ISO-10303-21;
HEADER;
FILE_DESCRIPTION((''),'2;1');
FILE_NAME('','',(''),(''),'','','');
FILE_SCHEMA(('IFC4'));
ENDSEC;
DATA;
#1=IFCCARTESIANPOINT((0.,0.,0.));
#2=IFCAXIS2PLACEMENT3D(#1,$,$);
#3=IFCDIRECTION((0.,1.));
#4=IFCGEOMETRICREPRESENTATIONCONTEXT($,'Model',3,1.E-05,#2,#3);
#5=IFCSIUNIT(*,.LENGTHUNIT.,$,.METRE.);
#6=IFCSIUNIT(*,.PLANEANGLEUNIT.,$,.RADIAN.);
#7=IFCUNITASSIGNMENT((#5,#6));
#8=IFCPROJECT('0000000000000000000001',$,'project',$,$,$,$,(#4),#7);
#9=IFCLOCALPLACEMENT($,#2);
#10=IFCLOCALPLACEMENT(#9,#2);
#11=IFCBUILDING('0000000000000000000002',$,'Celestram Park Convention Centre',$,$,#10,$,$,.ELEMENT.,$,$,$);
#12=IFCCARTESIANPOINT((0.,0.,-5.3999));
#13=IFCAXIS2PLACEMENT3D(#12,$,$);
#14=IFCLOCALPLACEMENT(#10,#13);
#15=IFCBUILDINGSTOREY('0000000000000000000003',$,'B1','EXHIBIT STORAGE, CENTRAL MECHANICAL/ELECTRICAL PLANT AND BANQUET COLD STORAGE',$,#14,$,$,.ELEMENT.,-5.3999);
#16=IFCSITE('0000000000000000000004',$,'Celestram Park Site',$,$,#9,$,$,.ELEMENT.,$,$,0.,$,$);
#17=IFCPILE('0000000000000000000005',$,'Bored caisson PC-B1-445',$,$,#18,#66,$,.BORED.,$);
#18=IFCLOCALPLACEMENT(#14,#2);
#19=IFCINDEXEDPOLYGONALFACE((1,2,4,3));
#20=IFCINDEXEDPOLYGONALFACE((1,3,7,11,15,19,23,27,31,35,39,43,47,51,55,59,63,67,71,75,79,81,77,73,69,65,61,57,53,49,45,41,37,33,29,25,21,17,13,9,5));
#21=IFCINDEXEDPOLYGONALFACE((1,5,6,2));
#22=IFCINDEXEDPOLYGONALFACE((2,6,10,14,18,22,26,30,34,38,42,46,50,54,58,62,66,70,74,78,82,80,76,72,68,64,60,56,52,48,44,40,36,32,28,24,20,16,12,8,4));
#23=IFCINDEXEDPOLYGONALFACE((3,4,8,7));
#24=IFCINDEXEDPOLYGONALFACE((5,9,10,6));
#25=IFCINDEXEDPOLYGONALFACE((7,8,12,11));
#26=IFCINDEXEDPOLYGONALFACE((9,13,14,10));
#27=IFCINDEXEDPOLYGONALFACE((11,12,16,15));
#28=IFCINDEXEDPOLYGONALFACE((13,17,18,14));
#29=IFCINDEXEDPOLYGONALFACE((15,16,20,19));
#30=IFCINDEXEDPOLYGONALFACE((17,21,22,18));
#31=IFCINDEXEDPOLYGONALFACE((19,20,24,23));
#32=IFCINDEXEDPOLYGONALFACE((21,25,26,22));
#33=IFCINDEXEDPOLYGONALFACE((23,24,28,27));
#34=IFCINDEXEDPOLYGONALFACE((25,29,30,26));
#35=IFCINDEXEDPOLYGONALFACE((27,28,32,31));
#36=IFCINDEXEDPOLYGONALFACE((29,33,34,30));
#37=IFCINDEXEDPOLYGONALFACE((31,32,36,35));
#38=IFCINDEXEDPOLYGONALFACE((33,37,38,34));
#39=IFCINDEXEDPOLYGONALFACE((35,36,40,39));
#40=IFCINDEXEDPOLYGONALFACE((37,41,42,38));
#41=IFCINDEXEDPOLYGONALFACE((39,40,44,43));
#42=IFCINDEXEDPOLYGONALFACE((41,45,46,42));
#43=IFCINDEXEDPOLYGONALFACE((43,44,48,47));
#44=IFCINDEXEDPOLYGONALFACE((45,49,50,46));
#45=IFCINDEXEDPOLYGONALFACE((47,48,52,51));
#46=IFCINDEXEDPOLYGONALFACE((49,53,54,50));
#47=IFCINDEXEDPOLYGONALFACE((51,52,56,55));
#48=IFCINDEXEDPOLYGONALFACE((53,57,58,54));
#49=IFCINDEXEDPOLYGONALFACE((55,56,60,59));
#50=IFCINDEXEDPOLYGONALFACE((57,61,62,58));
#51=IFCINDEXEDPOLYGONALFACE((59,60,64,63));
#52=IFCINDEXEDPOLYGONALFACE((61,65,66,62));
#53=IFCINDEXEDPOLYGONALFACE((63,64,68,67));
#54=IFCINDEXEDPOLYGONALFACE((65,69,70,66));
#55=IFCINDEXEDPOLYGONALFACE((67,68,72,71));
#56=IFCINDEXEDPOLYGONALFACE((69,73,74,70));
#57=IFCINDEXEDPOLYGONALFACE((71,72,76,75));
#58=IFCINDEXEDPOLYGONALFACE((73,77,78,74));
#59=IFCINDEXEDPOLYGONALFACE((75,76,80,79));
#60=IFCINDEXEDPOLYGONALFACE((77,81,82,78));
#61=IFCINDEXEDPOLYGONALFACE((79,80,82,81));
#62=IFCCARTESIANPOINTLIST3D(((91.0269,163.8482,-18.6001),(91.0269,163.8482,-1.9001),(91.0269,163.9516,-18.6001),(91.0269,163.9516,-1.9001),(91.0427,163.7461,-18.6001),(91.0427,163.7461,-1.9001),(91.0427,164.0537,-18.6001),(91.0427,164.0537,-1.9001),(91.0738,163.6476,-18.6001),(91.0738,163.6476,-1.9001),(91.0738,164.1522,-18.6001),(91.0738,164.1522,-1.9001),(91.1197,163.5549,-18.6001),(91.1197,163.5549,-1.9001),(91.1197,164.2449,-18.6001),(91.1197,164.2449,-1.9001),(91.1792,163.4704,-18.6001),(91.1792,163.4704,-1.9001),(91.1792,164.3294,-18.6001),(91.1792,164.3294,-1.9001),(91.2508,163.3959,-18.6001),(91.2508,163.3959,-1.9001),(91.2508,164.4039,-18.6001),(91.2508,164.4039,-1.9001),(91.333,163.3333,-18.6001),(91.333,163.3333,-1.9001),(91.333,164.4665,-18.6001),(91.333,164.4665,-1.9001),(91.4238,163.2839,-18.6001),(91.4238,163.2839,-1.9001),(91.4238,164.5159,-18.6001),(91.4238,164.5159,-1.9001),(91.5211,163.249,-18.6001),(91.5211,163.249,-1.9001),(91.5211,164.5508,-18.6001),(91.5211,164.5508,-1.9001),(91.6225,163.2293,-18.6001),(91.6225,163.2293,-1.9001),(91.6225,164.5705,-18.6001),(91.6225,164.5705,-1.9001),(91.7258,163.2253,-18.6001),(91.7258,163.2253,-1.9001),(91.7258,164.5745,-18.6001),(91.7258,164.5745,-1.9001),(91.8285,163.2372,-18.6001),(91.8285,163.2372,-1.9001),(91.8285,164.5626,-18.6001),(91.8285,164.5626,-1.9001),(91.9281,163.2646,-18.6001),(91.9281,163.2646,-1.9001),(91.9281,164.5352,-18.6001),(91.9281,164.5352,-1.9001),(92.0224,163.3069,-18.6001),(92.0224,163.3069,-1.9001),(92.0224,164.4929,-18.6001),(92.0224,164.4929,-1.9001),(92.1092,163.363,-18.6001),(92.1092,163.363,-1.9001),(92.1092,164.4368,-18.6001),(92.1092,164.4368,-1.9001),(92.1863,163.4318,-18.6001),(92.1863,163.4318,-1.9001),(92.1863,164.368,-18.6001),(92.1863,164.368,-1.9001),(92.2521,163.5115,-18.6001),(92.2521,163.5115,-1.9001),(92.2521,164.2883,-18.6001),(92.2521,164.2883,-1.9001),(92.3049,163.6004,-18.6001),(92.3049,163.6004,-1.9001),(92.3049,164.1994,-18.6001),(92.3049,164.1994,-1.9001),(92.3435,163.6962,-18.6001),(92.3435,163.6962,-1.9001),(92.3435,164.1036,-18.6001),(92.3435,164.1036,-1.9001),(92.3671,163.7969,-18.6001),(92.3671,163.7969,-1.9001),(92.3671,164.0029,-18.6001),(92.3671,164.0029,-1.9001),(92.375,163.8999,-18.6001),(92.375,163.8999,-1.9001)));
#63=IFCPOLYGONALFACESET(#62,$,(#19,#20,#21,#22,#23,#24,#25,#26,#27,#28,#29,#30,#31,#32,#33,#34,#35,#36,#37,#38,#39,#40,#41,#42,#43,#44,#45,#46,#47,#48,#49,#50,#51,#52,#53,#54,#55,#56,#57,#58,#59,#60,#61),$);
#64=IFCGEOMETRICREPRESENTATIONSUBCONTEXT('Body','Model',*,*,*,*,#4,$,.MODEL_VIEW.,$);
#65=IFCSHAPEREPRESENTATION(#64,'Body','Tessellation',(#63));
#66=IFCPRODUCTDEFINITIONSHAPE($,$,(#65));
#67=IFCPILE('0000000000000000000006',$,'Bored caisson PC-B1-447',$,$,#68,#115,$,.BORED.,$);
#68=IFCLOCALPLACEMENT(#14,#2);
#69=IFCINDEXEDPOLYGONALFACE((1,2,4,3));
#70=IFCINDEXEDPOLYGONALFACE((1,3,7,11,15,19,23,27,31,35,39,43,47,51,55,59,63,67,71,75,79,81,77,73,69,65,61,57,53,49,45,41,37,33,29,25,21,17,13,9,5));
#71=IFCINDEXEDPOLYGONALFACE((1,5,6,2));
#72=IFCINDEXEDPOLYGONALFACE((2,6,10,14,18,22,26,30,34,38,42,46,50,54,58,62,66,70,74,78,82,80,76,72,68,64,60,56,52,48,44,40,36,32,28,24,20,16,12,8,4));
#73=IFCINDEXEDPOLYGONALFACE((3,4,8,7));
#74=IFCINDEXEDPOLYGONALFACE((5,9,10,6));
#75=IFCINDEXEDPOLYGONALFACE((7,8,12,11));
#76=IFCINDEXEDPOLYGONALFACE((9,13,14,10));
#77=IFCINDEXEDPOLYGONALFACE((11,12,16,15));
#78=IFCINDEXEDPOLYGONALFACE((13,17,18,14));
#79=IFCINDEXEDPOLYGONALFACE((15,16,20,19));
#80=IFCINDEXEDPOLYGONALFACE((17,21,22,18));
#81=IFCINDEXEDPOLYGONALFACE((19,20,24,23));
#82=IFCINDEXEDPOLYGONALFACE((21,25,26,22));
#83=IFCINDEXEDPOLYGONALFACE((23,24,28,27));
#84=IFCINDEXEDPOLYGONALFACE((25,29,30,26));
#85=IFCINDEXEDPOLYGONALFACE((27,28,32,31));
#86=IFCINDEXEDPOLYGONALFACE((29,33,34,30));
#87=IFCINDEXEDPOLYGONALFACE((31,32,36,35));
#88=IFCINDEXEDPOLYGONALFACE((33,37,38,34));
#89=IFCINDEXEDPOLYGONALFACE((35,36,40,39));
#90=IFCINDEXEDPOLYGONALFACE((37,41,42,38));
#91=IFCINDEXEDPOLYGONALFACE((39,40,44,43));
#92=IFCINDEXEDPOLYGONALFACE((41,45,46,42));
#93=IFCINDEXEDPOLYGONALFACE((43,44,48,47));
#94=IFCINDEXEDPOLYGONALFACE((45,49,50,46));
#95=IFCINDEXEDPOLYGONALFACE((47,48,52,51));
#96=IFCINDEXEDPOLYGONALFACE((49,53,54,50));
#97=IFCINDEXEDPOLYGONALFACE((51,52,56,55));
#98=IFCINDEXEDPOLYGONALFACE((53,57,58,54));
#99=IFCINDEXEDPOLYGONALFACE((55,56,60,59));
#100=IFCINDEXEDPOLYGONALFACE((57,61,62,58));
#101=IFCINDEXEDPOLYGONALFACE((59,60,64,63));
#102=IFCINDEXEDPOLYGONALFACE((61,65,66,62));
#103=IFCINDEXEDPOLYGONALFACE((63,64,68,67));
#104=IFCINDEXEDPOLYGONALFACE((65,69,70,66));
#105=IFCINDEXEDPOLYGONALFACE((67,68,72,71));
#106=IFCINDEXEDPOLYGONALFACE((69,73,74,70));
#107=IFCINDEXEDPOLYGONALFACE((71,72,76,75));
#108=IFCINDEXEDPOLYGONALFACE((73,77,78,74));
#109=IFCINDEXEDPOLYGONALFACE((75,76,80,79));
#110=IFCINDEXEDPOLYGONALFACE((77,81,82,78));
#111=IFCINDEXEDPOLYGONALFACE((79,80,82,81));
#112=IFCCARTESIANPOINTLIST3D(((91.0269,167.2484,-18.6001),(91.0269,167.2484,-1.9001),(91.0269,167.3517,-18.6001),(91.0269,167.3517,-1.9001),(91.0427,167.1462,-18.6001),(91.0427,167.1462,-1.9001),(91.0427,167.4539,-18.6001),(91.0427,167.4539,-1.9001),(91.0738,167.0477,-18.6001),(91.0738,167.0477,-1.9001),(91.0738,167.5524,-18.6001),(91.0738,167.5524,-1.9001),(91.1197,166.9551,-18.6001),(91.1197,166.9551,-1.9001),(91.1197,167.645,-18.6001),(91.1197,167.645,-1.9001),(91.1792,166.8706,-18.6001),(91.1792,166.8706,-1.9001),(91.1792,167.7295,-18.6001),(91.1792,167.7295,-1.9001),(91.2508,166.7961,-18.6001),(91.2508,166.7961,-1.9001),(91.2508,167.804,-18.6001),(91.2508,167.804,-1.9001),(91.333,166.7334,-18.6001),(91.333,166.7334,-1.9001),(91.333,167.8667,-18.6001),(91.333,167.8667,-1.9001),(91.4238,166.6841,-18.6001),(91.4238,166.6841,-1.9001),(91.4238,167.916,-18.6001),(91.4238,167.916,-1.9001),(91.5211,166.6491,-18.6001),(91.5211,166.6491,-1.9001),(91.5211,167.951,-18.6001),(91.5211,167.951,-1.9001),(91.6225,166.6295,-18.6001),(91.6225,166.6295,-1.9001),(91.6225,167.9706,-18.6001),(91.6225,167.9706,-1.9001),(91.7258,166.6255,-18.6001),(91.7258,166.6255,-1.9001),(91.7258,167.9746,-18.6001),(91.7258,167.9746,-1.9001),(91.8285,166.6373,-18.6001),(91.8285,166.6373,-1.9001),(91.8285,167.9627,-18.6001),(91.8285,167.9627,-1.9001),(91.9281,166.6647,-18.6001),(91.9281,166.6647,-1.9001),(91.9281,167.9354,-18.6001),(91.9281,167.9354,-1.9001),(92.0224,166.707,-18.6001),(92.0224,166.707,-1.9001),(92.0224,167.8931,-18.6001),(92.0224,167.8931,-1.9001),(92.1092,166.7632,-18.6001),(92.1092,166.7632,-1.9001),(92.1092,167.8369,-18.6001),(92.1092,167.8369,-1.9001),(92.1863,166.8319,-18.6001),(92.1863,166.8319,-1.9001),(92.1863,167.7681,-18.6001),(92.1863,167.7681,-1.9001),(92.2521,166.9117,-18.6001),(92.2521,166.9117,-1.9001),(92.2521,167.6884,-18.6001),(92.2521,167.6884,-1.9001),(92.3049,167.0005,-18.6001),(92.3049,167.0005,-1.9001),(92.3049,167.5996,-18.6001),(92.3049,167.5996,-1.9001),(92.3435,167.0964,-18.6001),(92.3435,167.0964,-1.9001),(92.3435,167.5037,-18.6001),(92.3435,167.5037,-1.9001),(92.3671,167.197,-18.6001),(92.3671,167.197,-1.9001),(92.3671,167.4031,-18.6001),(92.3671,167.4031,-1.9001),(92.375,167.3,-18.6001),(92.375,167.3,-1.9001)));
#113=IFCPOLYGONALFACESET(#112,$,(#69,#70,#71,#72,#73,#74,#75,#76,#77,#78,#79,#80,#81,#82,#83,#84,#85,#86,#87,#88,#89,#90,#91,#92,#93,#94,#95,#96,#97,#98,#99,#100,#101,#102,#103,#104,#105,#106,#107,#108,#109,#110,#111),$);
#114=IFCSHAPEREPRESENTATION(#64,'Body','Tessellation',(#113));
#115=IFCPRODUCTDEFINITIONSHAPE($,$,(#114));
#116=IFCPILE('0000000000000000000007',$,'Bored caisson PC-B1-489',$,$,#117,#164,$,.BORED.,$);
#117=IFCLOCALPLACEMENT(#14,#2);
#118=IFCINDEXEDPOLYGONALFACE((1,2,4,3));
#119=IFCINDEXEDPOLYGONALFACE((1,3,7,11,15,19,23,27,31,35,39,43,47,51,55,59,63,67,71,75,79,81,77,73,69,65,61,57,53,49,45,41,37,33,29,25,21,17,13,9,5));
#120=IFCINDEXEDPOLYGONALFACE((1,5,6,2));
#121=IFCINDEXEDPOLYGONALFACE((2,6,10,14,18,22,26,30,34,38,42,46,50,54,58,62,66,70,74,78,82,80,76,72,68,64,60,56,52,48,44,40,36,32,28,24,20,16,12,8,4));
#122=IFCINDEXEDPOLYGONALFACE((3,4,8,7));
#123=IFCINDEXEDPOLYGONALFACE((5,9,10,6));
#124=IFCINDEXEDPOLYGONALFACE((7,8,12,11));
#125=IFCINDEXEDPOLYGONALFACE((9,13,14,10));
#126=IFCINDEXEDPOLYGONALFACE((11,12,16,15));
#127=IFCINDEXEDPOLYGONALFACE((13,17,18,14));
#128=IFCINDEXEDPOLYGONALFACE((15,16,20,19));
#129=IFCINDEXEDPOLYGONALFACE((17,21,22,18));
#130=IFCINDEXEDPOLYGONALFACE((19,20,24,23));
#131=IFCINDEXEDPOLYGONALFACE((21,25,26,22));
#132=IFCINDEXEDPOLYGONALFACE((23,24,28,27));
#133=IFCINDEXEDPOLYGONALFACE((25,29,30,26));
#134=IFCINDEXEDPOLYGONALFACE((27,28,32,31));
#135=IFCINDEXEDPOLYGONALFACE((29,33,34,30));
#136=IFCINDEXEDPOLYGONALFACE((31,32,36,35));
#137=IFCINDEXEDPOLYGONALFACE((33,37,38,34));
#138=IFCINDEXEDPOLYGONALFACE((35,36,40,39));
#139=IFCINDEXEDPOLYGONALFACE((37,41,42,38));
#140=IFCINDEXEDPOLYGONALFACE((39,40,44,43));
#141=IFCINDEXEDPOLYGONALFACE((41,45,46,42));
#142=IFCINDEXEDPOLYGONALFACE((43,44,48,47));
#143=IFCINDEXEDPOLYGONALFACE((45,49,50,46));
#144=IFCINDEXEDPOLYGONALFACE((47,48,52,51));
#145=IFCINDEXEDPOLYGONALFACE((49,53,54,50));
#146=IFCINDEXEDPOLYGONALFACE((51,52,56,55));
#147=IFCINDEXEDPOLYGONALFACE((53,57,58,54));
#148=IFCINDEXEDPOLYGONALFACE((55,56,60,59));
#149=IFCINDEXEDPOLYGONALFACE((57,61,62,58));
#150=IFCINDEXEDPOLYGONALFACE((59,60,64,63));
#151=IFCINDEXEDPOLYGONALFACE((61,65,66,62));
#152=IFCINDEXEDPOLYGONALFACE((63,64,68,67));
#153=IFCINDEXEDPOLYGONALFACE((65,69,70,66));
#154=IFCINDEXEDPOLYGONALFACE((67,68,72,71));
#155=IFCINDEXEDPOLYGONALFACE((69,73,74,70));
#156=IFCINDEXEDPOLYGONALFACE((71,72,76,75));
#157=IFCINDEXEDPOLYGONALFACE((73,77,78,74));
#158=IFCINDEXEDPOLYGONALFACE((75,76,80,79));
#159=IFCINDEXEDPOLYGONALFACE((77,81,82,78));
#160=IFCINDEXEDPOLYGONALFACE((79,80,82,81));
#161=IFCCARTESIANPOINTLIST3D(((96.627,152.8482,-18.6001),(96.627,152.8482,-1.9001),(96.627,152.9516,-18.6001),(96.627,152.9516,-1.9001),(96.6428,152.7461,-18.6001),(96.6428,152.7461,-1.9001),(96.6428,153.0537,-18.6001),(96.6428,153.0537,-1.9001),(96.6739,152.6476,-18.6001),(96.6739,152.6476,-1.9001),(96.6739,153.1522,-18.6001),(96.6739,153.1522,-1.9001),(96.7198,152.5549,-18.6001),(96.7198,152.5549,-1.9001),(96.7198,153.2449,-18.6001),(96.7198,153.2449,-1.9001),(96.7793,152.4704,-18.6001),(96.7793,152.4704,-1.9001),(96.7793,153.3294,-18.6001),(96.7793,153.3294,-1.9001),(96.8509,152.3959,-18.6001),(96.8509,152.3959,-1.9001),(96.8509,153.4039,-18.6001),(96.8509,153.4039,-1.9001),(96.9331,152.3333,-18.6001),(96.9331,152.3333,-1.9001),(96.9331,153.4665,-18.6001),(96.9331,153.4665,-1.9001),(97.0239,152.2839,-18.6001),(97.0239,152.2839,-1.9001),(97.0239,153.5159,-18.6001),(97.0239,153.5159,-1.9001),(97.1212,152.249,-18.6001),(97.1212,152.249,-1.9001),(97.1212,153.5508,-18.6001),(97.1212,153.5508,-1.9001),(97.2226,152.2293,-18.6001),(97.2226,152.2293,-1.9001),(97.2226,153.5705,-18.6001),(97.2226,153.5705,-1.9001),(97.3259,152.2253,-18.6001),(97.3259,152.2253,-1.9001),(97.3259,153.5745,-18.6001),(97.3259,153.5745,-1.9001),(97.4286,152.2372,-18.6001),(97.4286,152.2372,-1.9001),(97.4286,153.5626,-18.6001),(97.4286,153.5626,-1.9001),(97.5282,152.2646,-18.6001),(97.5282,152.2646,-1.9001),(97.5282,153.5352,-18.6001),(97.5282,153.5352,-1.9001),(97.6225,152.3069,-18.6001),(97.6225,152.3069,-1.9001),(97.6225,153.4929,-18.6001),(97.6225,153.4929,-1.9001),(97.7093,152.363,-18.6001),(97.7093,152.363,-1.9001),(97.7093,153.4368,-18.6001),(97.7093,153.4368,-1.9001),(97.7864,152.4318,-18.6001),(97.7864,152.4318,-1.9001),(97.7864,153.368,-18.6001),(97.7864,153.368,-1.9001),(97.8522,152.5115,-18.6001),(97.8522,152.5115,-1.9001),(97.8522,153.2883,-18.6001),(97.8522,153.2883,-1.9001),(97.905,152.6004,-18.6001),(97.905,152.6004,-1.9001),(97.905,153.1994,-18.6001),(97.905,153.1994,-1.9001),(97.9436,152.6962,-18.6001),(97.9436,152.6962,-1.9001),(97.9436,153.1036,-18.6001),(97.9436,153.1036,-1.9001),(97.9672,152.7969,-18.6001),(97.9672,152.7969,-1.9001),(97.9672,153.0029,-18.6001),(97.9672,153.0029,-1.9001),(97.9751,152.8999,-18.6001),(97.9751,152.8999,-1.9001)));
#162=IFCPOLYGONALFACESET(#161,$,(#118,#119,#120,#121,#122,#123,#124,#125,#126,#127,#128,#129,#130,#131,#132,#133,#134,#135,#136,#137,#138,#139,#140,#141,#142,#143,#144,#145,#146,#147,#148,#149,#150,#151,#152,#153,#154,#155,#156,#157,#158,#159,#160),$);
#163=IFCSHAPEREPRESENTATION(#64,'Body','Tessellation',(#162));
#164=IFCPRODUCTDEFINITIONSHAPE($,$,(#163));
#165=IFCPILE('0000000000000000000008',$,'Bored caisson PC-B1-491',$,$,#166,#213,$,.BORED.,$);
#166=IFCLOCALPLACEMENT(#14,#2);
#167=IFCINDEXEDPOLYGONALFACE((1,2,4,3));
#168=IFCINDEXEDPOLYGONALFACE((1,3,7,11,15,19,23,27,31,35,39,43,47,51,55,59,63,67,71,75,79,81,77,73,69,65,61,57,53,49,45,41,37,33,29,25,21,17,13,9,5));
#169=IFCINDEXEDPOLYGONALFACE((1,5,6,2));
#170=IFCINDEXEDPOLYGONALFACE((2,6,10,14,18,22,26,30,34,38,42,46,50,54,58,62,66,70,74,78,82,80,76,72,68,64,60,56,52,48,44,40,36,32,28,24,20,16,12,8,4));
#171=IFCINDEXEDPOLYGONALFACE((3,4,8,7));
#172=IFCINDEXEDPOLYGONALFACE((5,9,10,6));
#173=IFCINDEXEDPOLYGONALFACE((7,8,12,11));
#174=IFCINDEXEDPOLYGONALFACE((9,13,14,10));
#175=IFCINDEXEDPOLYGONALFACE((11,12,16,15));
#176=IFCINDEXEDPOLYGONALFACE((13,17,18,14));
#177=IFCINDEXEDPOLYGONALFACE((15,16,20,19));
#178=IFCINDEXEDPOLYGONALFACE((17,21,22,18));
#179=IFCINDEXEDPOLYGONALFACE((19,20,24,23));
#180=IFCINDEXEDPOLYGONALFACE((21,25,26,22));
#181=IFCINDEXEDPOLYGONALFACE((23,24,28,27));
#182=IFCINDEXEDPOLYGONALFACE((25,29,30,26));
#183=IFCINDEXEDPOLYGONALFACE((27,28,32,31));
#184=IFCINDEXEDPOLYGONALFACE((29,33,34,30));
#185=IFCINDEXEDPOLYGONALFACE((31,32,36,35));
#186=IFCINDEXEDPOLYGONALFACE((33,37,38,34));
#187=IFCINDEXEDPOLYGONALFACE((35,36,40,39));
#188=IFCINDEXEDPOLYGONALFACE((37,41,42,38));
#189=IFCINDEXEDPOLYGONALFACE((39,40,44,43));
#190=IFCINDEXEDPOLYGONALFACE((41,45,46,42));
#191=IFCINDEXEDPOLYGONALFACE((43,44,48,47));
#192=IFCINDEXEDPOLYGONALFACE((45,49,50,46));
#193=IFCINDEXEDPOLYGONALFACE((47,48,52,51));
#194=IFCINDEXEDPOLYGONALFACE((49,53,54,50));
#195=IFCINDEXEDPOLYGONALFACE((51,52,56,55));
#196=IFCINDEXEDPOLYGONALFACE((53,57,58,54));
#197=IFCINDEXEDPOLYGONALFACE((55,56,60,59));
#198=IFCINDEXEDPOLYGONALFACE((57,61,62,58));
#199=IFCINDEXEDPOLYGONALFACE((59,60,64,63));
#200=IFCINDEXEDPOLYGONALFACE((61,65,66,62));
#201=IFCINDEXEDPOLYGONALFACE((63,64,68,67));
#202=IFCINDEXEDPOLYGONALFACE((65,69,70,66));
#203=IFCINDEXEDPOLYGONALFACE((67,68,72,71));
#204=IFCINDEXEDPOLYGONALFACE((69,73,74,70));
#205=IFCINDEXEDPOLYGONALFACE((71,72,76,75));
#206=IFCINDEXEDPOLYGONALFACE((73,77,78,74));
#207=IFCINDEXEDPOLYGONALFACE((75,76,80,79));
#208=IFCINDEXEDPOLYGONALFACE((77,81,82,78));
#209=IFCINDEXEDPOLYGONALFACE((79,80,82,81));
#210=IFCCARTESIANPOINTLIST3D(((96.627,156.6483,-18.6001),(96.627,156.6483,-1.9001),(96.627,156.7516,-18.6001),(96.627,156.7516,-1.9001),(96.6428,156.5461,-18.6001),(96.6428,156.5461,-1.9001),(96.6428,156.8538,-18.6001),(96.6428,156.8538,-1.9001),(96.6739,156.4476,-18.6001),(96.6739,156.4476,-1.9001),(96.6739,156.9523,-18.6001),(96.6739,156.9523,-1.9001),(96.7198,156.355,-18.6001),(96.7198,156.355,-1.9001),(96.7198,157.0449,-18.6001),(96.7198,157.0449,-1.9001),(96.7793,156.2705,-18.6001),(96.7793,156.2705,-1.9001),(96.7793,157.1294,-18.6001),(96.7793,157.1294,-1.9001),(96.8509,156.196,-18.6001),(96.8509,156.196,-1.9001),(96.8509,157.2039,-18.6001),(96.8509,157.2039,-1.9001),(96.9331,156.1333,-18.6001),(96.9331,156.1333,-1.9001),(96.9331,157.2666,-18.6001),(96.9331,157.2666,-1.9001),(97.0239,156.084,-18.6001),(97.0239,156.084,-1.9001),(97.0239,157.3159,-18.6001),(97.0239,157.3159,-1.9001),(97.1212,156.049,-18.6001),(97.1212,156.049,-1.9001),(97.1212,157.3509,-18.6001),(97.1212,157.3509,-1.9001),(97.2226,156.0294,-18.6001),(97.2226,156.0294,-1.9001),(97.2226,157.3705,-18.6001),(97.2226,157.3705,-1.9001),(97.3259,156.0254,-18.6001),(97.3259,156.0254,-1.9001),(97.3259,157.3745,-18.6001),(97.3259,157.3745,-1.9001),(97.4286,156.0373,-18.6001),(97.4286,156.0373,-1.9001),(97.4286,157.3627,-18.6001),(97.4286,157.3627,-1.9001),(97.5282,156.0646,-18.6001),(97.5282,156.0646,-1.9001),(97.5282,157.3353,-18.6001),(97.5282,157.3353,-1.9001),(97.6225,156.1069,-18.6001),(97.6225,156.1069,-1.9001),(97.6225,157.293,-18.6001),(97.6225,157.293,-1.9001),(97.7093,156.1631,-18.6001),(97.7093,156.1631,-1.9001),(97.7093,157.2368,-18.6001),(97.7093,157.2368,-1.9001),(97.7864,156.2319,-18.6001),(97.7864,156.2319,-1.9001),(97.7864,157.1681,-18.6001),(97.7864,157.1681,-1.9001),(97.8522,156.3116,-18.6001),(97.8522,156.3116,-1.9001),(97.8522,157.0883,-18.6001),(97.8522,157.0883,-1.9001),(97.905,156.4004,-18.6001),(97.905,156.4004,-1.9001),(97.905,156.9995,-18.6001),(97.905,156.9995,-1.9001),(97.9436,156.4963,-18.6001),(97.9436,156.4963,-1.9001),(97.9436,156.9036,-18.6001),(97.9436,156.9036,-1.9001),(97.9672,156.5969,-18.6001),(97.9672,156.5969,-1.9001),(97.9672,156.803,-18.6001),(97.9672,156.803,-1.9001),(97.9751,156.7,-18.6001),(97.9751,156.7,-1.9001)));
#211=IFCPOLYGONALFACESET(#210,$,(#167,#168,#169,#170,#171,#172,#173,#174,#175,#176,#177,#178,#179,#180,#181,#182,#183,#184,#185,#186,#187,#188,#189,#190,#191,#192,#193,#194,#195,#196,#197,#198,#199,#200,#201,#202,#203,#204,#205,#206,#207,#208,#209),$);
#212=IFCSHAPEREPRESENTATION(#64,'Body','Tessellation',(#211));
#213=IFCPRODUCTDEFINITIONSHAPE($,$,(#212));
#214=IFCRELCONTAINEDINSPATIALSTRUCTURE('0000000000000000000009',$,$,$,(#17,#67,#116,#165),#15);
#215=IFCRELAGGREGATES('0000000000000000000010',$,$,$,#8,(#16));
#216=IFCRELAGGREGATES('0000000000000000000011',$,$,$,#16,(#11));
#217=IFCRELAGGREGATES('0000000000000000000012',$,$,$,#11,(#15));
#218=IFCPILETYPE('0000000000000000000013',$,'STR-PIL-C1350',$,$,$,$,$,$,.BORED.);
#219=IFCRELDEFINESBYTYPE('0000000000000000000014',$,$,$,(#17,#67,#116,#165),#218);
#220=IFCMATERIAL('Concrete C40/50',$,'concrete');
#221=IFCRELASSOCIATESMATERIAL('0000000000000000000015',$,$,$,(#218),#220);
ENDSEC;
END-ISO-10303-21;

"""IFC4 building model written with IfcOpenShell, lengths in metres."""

from ifc_helpers import new_model, si_unit, direction, frame, origin, origin_2d, place, context, subcontext, project, spatial, circle, extrude, material, material_profile, profile_set, type_object, element, save


model = new_model("IFC4")

# Units and contexts
model_context = context("Model", 3, precision=1e-05, world=origin(), true_north=direction((0.0, 1.0)))
body_context = subcontext(model_context, "Body", "Model", "MODEL_VIEW")
ifc_project = project(units=[si_unit("LENGTHUNIT", "METRE"), si_unit("PLANEANGLEUNIT", "RADIAN")], contexts=[model_context])

# Site, building, storey
site_placement = place(None, origin())
site = spatial("IfcSite", under=ifc_project, at=site_placement, Name="Celestram Park Site", CompositionType="ELEMENT", RefElevation=0.0)
building_placement = place(site_placement, origin())
building = spatial("IfcBuilding", under=site, at=building_placement, Name="Celestram Park Convention Centre", CompositionType="ELEMENT")
storey_placement = place(building_placement, frame((0.0, 0.0, -5.3999)))
storey = spatial("IfcBuildingStorey", under=building, at=storey_placement, Name="B1", Description="EXHIBIT STORAGE, CENTRAL MECHANICAL/ELECTRICAL PLANT AND BANQUET COLD STORAGE", CompositionType="ELEMENT", Elevation=-5.3999)

# Shared definitions
ifc_material_1 = material(Name="Concrete C40/50", Category="concrete")

# Piles
ifc_material_profile_1 = material_profile(ifc_material_1, circle(Radius=0.675, at=origin_2d()), Name="CAISSON1350")
ifc_profile_set_1 = profile_set([ifc_material_profile_1], Name="Concrete C40/50")
pile_type = type_object("IfcPileType", Name="STR-PIL-C1350", PredefinedType="BORED", material=ifc_profile_set_1)
for number, where, z_axis, x_axis, name in (
    (1, (91.7, 163.8999, -1.9001), (0.0, 0.0, -1.0), (1.0, 0.0, 0.0), "Bored caisson PC-B1-445"),
    (2, (91.7, 167.3, -1.9001), (0.0, 0.0, -1.0), (1.0, 0.0, 0.0), "Bored caisson PC-B1-447"),
    (3, (97.3, 152.8999, -1.9001), (0.0, 0.0, -1.0), (1.0, 0.0, 0.0), "Bored caisson PC-B1-489"),
    (4, (97.3, 156.7, -1.9001), (0.0, 0.0, -1.0), (1.0, 0.0, 0.0), "Bored caisson PC-B1-491"),
):
    element("IfcPile", number, at=place(storey_placement, frame(where, z_axis=z_axis, x_axis=x_axis)), inside=storey, type_object=pile_type, Name=name, PredefinedType="BORED", context=body_context, shape_type="SweptSolid", body=[
        extrude(circle(Radius=0.675, at=origin_2d()), origin(), (0.0, 0.0, 1.0), 16.7),
    ])

save(model, "model.ifc")
